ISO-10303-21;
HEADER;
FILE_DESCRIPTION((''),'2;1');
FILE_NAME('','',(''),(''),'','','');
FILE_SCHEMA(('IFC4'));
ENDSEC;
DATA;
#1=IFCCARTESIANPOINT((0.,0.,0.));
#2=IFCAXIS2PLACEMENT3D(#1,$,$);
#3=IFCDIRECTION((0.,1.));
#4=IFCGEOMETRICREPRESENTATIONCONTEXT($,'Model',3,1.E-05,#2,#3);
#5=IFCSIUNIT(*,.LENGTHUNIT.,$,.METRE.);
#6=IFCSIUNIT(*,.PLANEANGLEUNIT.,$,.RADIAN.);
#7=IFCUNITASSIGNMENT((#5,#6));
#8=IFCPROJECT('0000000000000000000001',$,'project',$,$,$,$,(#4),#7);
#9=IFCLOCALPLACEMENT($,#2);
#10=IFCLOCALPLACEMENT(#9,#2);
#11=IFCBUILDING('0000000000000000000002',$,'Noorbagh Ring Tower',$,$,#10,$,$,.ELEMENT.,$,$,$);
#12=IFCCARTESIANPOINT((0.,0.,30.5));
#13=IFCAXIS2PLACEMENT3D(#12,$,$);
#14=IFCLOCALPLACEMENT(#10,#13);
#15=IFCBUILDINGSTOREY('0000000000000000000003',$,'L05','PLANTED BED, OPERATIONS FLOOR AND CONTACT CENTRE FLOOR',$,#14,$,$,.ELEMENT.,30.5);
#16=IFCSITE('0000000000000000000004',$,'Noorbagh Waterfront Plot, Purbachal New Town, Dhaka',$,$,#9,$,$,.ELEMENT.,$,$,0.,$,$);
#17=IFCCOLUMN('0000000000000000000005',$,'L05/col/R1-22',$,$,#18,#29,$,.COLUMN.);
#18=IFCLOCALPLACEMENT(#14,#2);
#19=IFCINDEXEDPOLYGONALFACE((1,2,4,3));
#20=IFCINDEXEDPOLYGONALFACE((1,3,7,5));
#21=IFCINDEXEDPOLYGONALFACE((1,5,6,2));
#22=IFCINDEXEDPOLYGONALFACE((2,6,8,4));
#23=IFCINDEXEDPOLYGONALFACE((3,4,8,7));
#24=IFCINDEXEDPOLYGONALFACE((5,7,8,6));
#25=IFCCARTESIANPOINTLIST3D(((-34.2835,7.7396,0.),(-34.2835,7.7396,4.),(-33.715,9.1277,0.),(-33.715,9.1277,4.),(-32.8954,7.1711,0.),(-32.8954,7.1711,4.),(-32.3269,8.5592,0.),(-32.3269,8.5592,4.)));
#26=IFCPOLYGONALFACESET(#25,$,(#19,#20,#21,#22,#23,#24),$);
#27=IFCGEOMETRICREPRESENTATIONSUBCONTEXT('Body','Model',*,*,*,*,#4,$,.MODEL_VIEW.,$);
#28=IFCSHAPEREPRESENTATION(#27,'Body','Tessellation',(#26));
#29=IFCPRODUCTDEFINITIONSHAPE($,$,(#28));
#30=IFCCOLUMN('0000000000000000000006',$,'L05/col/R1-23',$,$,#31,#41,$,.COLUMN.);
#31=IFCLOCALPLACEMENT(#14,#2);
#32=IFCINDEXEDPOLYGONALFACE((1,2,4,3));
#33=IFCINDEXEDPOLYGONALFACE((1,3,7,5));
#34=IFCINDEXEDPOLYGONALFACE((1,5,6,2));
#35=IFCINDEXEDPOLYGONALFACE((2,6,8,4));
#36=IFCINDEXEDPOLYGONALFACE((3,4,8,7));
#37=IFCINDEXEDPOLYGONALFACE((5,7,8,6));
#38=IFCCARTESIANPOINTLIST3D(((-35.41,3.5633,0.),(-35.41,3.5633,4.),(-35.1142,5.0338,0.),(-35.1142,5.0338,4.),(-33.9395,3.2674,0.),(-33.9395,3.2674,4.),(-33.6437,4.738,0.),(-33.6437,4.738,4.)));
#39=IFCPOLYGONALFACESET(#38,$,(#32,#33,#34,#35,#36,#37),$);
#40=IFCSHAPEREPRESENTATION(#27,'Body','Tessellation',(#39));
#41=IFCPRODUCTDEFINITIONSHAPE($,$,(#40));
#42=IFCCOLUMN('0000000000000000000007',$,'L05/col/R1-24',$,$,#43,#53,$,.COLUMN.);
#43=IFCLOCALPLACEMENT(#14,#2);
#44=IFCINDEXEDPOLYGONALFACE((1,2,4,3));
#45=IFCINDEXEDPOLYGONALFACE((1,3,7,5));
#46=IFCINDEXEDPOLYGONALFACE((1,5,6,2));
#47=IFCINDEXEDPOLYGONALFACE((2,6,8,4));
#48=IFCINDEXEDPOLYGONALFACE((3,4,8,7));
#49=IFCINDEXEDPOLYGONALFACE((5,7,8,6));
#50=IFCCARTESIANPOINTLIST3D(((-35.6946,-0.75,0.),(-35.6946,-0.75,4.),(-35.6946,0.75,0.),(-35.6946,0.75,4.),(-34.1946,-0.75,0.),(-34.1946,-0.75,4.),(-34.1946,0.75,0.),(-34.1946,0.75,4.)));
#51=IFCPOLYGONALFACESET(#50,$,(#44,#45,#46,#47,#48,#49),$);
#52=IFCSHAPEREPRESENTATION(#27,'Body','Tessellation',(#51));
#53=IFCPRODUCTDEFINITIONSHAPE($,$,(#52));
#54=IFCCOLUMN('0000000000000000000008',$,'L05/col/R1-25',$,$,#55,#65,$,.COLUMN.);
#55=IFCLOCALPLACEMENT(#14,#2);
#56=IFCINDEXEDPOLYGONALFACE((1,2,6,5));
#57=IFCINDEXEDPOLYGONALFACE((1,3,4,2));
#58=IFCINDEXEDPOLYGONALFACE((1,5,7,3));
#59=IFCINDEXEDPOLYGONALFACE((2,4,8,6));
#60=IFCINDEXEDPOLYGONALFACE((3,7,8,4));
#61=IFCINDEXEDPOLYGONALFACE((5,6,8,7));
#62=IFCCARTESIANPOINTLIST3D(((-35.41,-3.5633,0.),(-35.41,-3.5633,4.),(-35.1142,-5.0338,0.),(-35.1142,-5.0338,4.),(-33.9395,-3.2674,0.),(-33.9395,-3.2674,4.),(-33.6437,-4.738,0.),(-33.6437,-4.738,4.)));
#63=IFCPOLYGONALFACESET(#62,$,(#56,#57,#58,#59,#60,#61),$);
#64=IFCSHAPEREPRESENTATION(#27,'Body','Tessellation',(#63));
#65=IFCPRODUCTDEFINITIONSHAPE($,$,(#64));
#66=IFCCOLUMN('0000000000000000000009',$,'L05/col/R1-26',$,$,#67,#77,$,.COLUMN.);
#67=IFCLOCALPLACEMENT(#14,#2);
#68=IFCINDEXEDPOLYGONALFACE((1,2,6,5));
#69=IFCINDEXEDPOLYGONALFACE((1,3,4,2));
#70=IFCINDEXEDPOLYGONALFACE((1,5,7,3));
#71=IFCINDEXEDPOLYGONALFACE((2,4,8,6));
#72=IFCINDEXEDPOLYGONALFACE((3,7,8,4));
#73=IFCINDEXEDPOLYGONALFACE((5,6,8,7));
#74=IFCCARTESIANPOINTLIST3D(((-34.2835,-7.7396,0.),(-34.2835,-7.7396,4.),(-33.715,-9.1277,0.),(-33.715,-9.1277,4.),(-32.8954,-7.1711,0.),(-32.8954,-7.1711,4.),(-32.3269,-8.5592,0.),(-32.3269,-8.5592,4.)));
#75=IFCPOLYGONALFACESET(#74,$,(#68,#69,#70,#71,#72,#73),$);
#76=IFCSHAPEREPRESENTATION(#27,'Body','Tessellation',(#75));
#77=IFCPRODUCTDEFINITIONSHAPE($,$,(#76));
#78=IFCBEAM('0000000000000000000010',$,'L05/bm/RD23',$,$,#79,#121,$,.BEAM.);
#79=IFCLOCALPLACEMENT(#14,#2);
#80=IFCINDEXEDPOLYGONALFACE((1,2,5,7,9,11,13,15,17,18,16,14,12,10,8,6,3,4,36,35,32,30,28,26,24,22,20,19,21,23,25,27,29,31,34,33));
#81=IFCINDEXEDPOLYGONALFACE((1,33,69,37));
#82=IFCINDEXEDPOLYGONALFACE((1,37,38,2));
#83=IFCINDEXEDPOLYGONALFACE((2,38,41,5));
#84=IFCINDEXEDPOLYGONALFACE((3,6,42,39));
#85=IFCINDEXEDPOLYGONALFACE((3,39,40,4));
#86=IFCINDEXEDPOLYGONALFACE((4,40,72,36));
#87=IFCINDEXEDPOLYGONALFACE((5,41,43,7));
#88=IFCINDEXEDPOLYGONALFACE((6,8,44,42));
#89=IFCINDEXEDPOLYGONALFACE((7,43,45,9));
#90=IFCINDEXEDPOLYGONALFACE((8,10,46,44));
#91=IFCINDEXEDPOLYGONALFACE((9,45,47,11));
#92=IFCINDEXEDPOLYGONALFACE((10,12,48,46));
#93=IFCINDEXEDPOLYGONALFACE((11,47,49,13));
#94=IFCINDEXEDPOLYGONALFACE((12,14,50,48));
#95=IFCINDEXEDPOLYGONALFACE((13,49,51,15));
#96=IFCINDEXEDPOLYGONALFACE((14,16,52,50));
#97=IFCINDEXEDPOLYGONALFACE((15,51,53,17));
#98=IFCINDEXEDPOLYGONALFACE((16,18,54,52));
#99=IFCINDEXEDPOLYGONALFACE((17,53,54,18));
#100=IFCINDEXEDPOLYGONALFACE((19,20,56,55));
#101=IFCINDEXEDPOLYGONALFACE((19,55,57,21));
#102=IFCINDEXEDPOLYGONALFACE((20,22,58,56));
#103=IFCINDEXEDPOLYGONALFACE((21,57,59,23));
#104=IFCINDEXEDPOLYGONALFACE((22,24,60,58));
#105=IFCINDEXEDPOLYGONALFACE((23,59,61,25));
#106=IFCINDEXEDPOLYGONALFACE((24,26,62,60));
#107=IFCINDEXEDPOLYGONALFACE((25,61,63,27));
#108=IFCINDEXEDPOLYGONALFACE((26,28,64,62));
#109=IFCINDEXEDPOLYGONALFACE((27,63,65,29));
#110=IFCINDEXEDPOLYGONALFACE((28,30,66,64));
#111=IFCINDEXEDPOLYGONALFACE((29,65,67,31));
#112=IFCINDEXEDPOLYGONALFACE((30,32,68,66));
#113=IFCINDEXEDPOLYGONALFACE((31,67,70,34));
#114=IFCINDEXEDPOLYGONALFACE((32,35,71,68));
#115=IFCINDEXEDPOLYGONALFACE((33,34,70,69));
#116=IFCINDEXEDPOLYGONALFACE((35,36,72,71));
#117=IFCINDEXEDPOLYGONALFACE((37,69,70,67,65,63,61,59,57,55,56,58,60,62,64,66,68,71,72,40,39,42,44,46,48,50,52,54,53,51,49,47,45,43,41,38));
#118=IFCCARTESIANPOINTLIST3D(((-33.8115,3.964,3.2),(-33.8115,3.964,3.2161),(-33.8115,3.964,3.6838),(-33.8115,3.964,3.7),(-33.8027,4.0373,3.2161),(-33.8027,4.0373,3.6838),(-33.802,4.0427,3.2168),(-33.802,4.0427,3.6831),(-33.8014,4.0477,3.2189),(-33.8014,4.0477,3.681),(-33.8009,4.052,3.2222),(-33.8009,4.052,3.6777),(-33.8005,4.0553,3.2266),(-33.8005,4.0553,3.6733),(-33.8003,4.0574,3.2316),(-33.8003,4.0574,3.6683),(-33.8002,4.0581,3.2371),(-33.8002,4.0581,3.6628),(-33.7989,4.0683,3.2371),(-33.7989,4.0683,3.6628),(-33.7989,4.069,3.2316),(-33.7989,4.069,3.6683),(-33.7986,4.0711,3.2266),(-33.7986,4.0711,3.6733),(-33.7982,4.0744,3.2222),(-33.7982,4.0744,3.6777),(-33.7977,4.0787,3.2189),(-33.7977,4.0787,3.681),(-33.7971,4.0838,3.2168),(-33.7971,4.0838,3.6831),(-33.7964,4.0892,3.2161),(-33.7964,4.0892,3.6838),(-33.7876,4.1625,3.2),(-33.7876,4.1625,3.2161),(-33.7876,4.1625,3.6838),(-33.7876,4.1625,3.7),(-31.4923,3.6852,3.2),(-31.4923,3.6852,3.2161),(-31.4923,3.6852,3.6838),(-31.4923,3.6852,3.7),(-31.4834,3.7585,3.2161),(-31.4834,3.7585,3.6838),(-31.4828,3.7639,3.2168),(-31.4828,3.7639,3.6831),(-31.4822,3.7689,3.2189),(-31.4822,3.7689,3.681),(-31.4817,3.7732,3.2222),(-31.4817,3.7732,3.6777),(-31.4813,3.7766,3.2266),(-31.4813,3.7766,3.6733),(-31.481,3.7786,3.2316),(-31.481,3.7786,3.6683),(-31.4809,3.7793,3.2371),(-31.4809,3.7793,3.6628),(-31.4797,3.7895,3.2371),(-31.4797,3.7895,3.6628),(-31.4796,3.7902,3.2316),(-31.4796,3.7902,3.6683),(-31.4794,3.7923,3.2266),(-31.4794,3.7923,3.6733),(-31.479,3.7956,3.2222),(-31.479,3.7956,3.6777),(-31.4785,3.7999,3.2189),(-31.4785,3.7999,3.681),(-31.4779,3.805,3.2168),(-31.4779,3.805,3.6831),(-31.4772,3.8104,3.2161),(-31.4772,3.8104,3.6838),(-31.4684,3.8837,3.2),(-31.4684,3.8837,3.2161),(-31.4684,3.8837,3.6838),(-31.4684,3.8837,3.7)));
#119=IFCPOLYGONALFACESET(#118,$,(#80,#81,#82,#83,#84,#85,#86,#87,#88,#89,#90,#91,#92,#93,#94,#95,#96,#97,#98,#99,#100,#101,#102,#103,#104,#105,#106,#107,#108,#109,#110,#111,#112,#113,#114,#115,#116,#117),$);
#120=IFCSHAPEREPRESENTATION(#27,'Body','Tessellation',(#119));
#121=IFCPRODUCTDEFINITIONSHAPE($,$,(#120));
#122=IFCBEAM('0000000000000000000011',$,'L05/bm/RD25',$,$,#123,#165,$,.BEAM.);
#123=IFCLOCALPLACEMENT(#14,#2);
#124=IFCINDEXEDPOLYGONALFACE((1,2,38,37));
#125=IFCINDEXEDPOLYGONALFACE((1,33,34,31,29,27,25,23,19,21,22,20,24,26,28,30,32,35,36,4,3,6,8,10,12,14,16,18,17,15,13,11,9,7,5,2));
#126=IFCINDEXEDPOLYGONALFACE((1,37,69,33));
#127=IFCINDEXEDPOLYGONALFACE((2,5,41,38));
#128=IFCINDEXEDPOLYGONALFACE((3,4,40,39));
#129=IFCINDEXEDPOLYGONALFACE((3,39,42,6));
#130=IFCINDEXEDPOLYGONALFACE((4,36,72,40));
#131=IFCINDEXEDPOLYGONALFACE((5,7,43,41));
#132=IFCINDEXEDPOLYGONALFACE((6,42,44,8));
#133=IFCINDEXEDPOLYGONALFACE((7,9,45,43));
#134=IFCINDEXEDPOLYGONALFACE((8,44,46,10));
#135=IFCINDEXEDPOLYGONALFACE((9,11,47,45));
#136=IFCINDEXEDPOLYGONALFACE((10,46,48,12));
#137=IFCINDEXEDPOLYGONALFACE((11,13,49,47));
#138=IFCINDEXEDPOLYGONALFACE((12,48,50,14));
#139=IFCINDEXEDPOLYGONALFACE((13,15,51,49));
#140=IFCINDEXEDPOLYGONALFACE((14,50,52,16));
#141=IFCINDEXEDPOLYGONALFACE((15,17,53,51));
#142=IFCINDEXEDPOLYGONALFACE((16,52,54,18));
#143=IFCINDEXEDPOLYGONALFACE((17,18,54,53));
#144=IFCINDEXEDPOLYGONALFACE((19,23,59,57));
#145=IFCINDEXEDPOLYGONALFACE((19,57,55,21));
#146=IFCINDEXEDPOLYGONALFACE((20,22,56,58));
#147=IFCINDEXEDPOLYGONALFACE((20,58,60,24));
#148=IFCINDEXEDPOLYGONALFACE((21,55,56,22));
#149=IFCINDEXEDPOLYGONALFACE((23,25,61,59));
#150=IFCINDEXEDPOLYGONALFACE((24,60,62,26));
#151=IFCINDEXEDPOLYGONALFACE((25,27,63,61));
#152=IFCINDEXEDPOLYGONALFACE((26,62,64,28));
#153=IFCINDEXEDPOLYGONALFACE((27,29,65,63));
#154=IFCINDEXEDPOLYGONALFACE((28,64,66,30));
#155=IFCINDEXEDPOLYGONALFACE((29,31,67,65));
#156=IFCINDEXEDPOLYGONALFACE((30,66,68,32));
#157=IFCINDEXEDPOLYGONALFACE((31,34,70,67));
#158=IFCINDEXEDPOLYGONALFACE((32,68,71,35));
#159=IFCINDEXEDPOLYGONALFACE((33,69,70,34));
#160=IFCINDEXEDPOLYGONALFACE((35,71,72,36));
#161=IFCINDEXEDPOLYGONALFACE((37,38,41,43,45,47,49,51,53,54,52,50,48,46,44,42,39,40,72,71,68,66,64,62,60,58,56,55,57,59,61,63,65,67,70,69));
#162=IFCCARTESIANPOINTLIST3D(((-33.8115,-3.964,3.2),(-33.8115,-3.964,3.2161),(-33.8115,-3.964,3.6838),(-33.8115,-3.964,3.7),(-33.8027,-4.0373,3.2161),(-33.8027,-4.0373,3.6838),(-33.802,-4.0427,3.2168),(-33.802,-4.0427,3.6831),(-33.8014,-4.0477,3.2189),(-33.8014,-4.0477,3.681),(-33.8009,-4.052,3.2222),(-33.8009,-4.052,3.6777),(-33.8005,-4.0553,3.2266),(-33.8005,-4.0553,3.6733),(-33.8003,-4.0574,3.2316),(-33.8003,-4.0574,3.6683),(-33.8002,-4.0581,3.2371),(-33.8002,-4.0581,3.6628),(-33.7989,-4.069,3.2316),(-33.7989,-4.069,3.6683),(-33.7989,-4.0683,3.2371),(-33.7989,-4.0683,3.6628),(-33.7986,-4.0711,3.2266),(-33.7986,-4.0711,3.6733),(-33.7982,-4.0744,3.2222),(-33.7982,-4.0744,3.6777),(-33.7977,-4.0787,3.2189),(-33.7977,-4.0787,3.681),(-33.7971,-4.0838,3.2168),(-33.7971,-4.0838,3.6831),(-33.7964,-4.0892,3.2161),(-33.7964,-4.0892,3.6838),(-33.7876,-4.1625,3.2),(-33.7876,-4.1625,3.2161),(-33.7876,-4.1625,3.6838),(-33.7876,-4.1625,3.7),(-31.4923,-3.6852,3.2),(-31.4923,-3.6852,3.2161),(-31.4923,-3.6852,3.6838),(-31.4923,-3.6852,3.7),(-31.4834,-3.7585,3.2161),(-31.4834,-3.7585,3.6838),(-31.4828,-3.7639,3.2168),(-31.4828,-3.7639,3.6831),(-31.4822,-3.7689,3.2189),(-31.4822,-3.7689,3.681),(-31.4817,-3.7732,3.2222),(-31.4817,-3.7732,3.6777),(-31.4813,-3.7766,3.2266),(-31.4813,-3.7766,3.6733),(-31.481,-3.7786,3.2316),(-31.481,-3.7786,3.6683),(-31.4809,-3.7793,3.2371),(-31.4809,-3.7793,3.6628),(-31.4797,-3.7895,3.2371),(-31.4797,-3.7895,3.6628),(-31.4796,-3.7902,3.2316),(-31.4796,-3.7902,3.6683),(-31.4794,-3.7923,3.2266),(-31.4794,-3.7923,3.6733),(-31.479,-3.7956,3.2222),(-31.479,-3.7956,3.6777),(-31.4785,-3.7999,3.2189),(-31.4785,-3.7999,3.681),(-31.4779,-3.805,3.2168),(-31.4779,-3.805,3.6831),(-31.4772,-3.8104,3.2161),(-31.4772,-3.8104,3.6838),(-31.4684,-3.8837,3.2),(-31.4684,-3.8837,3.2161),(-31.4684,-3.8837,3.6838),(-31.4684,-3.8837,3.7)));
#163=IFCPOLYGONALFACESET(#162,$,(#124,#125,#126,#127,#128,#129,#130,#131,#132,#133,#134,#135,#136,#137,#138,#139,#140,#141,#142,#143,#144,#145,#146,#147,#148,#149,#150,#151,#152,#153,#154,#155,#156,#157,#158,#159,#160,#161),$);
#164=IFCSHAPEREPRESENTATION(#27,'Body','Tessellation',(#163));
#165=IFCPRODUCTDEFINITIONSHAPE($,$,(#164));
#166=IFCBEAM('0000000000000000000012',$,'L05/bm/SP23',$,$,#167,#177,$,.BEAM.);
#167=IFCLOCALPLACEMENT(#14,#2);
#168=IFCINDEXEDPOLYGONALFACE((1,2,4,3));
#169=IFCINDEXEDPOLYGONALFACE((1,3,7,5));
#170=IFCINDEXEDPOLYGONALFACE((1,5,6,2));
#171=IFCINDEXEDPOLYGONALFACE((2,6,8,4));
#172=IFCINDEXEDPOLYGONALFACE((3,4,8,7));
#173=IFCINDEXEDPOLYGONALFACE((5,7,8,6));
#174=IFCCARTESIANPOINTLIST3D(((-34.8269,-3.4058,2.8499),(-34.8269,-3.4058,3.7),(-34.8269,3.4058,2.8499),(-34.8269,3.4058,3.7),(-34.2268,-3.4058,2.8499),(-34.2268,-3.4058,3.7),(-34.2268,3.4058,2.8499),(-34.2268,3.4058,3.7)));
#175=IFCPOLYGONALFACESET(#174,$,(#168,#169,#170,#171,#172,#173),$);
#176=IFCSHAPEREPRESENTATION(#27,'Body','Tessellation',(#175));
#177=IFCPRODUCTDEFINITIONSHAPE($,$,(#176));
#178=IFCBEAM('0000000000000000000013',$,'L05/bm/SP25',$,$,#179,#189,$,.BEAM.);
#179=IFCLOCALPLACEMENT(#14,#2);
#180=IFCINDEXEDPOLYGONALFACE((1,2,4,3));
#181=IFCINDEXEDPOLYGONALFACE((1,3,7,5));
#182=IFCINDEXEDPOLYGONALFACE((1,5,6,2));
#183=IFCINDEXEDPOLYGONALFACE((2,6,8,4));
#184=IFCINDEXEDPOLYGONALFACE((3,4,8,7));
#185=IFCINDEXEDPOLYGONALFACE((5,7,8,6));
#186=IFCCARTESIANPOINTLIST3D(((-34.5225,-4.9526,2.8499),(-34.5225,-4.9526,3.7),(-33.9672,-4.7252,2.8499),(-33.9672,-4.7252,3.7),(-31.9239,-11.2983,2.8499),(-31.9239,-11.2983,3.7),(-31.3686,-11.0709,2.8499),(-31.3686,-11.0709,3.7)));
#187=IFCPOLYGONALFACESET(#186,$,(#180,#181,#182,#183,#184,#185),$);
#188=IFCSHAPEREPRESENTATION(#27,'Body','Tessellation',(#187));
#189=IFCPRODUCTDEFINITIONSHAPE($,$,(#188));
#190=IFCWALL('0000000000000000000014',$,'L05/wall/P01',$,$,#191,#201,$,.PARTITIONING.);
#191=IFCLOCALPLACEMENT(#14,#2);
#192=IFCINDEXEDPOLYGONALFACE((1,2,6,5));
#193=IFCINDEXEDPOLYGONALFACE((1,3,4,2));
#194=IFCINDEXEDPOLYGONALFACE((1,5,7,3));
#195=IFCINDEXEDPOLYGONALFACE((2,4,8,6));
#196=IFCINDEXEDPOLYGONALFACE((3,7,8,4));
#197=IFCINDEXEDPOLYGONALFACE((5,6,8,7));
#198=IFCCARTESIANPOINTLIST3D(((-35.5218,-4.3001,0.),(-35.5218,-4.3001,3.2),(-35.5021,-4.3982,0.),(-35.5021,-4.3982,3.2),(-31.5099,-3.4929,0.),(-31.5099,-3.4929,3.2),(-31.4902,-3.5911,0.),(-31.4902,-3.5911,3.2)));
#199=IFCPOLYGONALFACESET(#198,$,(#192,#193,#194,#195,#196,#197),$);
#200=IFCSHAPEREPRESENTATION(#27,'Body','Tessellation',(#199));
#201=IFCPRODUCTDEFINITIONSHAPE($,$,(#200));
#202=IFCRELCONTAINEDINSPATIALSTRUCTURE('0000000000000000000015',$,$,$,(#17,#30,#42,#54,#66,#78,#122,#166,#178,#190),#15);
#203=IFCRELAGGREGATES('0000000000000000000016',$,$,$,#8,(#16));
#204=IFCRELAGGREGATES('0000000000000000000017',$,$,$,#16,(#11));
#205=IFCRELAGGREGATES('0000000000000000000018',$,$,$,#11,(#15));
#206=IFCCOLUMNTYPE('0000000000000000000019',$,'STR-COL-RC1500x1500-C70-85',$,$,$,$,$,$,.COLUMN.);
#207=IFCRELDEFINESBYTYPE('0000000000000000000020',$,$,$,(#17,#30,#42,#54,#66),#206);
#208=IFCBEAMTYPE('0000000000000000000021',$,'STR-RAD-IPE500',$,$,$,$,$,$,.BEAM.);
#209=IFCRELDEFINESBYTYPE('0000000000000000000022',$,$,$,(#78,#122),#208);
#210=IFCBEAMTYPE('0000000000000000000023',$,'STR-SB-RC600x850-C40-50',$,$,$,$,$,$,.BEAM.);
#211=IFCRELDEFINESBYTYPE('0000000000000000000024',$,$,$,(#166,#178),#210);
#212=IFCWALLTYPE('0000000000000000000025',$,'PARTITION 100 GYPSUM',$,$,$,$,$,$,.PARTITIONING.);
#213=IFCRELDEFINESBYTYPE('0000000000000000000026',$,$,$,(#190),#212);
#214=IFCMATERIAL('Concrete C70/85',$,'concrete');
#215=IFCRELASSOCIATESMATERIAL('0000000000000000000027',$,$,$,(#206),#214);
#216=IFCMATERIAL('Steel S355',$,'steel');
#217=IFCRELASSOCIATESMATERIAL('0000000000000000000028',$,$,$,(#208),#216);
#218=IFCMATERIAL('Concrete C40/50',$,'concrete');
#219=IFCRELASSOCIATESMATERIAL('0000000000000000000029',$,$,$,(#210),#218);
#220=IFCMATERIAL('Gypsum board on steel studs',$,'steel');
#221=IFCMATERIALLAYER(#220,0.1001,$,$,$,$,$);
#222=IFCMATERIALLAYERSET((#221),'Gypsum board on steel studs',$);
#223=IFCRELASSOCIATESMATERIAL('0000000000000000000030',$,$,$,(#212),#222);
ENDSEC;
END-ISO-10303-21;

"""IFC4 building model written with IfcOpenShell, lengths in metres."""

from ifc_helpers import new_model, si_unit, direction, frame, frame_2d, origin, origin_2d, place, context, subcontext, project, spatial, rectangle, i_section, extrude, material, layer, layer_set, material_profile, profile_set, type_object, element, save


model = new_model("IFC4")

# Units and contexts
model_context = context("Model", 3, precision=1e-05, world=origin(), true_north=direction((0.0, 1.0)))
body_context = subcontext(model_context, "Body", "Model", "MODEL_VIEW")
ifc_project = project(units=[si_unit("LENGTHUNIT", "METRE"), si_unit("PLANEANGLEUNIT", "RADIAN")], contexts=[model_context])

# Site, building, storey
site_placement = place(None, origin())
site = spatial("IfcSite", under=ifc_project, at=site_placement, Name="Noorbagh Waterfront Plot, Purbachal New Town, Dhaka", CompositionType="ELEMENT", RefElevation=0.0)
building_placement = place(site_placement, origin())
building = spatial("IfcBuilding", under=site, at=building_placement, Name="Noorbagh Ring Tower", CompositionType="ELEMENT")
storey_placement = place(building_placement, frame((0.0, 0.0, 30.5)))
storey = spatial("IfcBuildingStorey", under=building, at=storey_placement, Name="L05", Description="PLANTED BED, OPERATIONS FLOOR AND CONTACT CENTRE FLOOR", CompositionType="ELEMENT", Elevation=30.5)

# Columns
ifc_material_1 = material(Name="Concrete C70/85", Category="concrete")
ifc_material_profile_1 = material_profile(ifc_material_1, rectangle(XDim=1.5, YDim=1.5, at=origin_2d()), Name="RC1500x1500")
ifc_profile_set_1 = profile_set([ifc_material_profile_1], Name="Concrete C70/85")
column_type = type_object("IfcColumnType", Name="STR-COL-RC1500x1500-C70-85", PredefinedType="COLUMN", material=ifc_profile_set_1)
for number, where, z_axis, x_axis, name in (
    (1, (-33.3052, 8.1494, 0.0), (0.0, 0.0, 1.0), (-0.378989, -0.925401, 0.0), "L05/col/R1-22"),
    (2, (-34.5269, 4.1506, 0.0), (0.0, 0.0, 1.0), (-0.19723, -0.980357, 0.0), "L05/col/R1-23"),
    (3, (-34.9446, 0.0, 0.0), (0.0, 0.0, 1.0), (0.0, -1.0, 0.0), "L05/col/R1-24"),
    (4, (-34.5269, -4.1506, 0.0), (0.0, 0.0, 1.0), (0.19723, -0.980357, 0.0), "L05/col/R1-25"),
    (5, (-33.3052, -8.1494, 0.0), (0.0, 0.0, 1.0), (0.378989, -0.925401, 0.0), "L05/col/R1-26"),
):
    element("IfcColumn", number, at=place(storey_placement, frame(where, z_axis=z_axis, x_axis=x_axis)), inside=storey, type_object=column_type, Name=name, PredefinedType="COLUMN", context=body_context, shape_type="SweptSolid", body=[
        extrude(rectangle(XDim=1.5, YDim=1.5, at=origin_2d()), origin(), (0.0, 0.0, 1.0), 4.0),
    ])

# Beams
ifc_material_2 = material(Name="Steel S355", Category="steel")
ifc_material_profile_2 = material_profile(ifc_material_2, i_section(OverallWidth=0.2, OverallDepth=0.5, WebThickness=0.0103, FlangeThickness=0.0161, FilletRadius=0.021, at=origin_2d()), Name="IPE500")
ifc_profile_set_2 = profile_set([ifc_material_profile_2], Name="Steel S355")
beam_type_1 = type_object("IfcBeamType", Name="STR-RAD-IPE500", PredefinedType="BEAM", material=ifc_profile_set_2)
for number, where, z_axis, x_axis, name in (
    (6, (-33.7996, 4.0632, 3.45), (0.992852, -0.119351, 0.0), (0.119351, 0.992852, 0.0), "L05/bm/RD23"),
    (7, (-33.7996, -4.0632, 3.45), (0.992852, 0.119351, 0.0), (-0.119351, 0.992852, 0.0), "L05/bm/RD25"),
):
    element("IfcBeam", number, at=place(storey_placement, frame(where, z_axis=z_axis, x_axis=x_axis)), inside=storey, type_object=beam_type_1, Name=name, PredefinedType="BEAM", context=body_context, shape_type="SweptSolid", body=[
        extrude(i_section(OverallWidth=0.2, OverallDepth=0.5, WebThickness=0.0103, FlangeThickness=0.0161, FilletRadius=0.021, at=origin_2d()), origin(), (0.0, 0.0, 1.0), 2.3359),
    ])
ifc_material_3 = material(Name="Concrete C40/50", Category="concrete")
ifc_material_profile_3 = material_profile(ifc_material_3, rectangle(XDim=0.6001, YDim=0.8501, at=origin_2d()), Name="RC600x850")
ifc_profile_set_3 = profile_set([ifc_material_profile_3], Name="Concrete C40/50")
beam_type_2 = type_object("IfcBeamType", Name="STR-SB-RC600x850-C40-50", PredefinedType="BEAM", material=ifc_profile_set_3)
beam_1_placement = place(storey_placement, frame((-34.5269, 3.4058, 3.2749), z_axis=(0.0, -1.0, 0.0), x_axis=(1.0, 0.0, 0.0)))
element("IfcBeam", 8, at=beam_1_placement, inside=storey, type_object=beam_type_2, Name="L05/bm/SP23", PredefinedType="BEAM", context=body_context, shape_type="SweptSolid", body=[
    extrude(rectangle(XDim=0.6001, YDim=0.8501, at=origin_2d()), origin(), (0.0, 0.0, 1.0), 6.8115),
])
beam_2_placement = place(storey_placement, frame((-34.2449, -4.8389, 3.2749), z_axis=(0.378966, -0.925411, 0.0), x_axis=(0.925411, 0.378966, 0.0)))
element("IfcBeam", 9, at=beam_2_placement, inside=storey, type_object=beam_type_2, Name="L05/bm/SP25", PredefinedType="BEAM", context=body_context, shape_type="SweptSolid", body=[
    extrude(rectangle(XDim=0.6001, YDim=0.8501, at=origin_2d()), origin(), (0.0, 0.0, 1.0), 6.8572),
])

# Wall
ifc_material_4 = material(Name="Gypsum board on steel studs", Category="steel")
ifc_layer = layer(ifc_material_4, 0.1001)
ifc_layer_set = layer_set([ifc_layer], Name="Gypsum board on steel studs")
wall_type = type_object("IfcWallType", Name="PARTITION 100 GYPSUM", PredefinedType="PARTITIONING", material=ifc_layer_set)
wall_placement = place(storey_placement, frame((-35.512, -4.3491, 0.0), z_axis=(0.0, 0.0, 1.0), x_axis=(0.980357, 0.197229, 0.0)))
element("IfcWall", 10, at=wall_placement, inside=storey, type_object=wall_type, Name="L05/wall/P01", PredefinedType="PARTITIONING", context=body_context, shape_type="SweptSolid", body=[
    extrude(rectangle(XDim=4.0923, YDim=0.1001, at=frame_2d((2.0461, 0.0))), origin(), (0.0, 0.0, 1.0), 3.2),
])

save(model, "model.ifc")
